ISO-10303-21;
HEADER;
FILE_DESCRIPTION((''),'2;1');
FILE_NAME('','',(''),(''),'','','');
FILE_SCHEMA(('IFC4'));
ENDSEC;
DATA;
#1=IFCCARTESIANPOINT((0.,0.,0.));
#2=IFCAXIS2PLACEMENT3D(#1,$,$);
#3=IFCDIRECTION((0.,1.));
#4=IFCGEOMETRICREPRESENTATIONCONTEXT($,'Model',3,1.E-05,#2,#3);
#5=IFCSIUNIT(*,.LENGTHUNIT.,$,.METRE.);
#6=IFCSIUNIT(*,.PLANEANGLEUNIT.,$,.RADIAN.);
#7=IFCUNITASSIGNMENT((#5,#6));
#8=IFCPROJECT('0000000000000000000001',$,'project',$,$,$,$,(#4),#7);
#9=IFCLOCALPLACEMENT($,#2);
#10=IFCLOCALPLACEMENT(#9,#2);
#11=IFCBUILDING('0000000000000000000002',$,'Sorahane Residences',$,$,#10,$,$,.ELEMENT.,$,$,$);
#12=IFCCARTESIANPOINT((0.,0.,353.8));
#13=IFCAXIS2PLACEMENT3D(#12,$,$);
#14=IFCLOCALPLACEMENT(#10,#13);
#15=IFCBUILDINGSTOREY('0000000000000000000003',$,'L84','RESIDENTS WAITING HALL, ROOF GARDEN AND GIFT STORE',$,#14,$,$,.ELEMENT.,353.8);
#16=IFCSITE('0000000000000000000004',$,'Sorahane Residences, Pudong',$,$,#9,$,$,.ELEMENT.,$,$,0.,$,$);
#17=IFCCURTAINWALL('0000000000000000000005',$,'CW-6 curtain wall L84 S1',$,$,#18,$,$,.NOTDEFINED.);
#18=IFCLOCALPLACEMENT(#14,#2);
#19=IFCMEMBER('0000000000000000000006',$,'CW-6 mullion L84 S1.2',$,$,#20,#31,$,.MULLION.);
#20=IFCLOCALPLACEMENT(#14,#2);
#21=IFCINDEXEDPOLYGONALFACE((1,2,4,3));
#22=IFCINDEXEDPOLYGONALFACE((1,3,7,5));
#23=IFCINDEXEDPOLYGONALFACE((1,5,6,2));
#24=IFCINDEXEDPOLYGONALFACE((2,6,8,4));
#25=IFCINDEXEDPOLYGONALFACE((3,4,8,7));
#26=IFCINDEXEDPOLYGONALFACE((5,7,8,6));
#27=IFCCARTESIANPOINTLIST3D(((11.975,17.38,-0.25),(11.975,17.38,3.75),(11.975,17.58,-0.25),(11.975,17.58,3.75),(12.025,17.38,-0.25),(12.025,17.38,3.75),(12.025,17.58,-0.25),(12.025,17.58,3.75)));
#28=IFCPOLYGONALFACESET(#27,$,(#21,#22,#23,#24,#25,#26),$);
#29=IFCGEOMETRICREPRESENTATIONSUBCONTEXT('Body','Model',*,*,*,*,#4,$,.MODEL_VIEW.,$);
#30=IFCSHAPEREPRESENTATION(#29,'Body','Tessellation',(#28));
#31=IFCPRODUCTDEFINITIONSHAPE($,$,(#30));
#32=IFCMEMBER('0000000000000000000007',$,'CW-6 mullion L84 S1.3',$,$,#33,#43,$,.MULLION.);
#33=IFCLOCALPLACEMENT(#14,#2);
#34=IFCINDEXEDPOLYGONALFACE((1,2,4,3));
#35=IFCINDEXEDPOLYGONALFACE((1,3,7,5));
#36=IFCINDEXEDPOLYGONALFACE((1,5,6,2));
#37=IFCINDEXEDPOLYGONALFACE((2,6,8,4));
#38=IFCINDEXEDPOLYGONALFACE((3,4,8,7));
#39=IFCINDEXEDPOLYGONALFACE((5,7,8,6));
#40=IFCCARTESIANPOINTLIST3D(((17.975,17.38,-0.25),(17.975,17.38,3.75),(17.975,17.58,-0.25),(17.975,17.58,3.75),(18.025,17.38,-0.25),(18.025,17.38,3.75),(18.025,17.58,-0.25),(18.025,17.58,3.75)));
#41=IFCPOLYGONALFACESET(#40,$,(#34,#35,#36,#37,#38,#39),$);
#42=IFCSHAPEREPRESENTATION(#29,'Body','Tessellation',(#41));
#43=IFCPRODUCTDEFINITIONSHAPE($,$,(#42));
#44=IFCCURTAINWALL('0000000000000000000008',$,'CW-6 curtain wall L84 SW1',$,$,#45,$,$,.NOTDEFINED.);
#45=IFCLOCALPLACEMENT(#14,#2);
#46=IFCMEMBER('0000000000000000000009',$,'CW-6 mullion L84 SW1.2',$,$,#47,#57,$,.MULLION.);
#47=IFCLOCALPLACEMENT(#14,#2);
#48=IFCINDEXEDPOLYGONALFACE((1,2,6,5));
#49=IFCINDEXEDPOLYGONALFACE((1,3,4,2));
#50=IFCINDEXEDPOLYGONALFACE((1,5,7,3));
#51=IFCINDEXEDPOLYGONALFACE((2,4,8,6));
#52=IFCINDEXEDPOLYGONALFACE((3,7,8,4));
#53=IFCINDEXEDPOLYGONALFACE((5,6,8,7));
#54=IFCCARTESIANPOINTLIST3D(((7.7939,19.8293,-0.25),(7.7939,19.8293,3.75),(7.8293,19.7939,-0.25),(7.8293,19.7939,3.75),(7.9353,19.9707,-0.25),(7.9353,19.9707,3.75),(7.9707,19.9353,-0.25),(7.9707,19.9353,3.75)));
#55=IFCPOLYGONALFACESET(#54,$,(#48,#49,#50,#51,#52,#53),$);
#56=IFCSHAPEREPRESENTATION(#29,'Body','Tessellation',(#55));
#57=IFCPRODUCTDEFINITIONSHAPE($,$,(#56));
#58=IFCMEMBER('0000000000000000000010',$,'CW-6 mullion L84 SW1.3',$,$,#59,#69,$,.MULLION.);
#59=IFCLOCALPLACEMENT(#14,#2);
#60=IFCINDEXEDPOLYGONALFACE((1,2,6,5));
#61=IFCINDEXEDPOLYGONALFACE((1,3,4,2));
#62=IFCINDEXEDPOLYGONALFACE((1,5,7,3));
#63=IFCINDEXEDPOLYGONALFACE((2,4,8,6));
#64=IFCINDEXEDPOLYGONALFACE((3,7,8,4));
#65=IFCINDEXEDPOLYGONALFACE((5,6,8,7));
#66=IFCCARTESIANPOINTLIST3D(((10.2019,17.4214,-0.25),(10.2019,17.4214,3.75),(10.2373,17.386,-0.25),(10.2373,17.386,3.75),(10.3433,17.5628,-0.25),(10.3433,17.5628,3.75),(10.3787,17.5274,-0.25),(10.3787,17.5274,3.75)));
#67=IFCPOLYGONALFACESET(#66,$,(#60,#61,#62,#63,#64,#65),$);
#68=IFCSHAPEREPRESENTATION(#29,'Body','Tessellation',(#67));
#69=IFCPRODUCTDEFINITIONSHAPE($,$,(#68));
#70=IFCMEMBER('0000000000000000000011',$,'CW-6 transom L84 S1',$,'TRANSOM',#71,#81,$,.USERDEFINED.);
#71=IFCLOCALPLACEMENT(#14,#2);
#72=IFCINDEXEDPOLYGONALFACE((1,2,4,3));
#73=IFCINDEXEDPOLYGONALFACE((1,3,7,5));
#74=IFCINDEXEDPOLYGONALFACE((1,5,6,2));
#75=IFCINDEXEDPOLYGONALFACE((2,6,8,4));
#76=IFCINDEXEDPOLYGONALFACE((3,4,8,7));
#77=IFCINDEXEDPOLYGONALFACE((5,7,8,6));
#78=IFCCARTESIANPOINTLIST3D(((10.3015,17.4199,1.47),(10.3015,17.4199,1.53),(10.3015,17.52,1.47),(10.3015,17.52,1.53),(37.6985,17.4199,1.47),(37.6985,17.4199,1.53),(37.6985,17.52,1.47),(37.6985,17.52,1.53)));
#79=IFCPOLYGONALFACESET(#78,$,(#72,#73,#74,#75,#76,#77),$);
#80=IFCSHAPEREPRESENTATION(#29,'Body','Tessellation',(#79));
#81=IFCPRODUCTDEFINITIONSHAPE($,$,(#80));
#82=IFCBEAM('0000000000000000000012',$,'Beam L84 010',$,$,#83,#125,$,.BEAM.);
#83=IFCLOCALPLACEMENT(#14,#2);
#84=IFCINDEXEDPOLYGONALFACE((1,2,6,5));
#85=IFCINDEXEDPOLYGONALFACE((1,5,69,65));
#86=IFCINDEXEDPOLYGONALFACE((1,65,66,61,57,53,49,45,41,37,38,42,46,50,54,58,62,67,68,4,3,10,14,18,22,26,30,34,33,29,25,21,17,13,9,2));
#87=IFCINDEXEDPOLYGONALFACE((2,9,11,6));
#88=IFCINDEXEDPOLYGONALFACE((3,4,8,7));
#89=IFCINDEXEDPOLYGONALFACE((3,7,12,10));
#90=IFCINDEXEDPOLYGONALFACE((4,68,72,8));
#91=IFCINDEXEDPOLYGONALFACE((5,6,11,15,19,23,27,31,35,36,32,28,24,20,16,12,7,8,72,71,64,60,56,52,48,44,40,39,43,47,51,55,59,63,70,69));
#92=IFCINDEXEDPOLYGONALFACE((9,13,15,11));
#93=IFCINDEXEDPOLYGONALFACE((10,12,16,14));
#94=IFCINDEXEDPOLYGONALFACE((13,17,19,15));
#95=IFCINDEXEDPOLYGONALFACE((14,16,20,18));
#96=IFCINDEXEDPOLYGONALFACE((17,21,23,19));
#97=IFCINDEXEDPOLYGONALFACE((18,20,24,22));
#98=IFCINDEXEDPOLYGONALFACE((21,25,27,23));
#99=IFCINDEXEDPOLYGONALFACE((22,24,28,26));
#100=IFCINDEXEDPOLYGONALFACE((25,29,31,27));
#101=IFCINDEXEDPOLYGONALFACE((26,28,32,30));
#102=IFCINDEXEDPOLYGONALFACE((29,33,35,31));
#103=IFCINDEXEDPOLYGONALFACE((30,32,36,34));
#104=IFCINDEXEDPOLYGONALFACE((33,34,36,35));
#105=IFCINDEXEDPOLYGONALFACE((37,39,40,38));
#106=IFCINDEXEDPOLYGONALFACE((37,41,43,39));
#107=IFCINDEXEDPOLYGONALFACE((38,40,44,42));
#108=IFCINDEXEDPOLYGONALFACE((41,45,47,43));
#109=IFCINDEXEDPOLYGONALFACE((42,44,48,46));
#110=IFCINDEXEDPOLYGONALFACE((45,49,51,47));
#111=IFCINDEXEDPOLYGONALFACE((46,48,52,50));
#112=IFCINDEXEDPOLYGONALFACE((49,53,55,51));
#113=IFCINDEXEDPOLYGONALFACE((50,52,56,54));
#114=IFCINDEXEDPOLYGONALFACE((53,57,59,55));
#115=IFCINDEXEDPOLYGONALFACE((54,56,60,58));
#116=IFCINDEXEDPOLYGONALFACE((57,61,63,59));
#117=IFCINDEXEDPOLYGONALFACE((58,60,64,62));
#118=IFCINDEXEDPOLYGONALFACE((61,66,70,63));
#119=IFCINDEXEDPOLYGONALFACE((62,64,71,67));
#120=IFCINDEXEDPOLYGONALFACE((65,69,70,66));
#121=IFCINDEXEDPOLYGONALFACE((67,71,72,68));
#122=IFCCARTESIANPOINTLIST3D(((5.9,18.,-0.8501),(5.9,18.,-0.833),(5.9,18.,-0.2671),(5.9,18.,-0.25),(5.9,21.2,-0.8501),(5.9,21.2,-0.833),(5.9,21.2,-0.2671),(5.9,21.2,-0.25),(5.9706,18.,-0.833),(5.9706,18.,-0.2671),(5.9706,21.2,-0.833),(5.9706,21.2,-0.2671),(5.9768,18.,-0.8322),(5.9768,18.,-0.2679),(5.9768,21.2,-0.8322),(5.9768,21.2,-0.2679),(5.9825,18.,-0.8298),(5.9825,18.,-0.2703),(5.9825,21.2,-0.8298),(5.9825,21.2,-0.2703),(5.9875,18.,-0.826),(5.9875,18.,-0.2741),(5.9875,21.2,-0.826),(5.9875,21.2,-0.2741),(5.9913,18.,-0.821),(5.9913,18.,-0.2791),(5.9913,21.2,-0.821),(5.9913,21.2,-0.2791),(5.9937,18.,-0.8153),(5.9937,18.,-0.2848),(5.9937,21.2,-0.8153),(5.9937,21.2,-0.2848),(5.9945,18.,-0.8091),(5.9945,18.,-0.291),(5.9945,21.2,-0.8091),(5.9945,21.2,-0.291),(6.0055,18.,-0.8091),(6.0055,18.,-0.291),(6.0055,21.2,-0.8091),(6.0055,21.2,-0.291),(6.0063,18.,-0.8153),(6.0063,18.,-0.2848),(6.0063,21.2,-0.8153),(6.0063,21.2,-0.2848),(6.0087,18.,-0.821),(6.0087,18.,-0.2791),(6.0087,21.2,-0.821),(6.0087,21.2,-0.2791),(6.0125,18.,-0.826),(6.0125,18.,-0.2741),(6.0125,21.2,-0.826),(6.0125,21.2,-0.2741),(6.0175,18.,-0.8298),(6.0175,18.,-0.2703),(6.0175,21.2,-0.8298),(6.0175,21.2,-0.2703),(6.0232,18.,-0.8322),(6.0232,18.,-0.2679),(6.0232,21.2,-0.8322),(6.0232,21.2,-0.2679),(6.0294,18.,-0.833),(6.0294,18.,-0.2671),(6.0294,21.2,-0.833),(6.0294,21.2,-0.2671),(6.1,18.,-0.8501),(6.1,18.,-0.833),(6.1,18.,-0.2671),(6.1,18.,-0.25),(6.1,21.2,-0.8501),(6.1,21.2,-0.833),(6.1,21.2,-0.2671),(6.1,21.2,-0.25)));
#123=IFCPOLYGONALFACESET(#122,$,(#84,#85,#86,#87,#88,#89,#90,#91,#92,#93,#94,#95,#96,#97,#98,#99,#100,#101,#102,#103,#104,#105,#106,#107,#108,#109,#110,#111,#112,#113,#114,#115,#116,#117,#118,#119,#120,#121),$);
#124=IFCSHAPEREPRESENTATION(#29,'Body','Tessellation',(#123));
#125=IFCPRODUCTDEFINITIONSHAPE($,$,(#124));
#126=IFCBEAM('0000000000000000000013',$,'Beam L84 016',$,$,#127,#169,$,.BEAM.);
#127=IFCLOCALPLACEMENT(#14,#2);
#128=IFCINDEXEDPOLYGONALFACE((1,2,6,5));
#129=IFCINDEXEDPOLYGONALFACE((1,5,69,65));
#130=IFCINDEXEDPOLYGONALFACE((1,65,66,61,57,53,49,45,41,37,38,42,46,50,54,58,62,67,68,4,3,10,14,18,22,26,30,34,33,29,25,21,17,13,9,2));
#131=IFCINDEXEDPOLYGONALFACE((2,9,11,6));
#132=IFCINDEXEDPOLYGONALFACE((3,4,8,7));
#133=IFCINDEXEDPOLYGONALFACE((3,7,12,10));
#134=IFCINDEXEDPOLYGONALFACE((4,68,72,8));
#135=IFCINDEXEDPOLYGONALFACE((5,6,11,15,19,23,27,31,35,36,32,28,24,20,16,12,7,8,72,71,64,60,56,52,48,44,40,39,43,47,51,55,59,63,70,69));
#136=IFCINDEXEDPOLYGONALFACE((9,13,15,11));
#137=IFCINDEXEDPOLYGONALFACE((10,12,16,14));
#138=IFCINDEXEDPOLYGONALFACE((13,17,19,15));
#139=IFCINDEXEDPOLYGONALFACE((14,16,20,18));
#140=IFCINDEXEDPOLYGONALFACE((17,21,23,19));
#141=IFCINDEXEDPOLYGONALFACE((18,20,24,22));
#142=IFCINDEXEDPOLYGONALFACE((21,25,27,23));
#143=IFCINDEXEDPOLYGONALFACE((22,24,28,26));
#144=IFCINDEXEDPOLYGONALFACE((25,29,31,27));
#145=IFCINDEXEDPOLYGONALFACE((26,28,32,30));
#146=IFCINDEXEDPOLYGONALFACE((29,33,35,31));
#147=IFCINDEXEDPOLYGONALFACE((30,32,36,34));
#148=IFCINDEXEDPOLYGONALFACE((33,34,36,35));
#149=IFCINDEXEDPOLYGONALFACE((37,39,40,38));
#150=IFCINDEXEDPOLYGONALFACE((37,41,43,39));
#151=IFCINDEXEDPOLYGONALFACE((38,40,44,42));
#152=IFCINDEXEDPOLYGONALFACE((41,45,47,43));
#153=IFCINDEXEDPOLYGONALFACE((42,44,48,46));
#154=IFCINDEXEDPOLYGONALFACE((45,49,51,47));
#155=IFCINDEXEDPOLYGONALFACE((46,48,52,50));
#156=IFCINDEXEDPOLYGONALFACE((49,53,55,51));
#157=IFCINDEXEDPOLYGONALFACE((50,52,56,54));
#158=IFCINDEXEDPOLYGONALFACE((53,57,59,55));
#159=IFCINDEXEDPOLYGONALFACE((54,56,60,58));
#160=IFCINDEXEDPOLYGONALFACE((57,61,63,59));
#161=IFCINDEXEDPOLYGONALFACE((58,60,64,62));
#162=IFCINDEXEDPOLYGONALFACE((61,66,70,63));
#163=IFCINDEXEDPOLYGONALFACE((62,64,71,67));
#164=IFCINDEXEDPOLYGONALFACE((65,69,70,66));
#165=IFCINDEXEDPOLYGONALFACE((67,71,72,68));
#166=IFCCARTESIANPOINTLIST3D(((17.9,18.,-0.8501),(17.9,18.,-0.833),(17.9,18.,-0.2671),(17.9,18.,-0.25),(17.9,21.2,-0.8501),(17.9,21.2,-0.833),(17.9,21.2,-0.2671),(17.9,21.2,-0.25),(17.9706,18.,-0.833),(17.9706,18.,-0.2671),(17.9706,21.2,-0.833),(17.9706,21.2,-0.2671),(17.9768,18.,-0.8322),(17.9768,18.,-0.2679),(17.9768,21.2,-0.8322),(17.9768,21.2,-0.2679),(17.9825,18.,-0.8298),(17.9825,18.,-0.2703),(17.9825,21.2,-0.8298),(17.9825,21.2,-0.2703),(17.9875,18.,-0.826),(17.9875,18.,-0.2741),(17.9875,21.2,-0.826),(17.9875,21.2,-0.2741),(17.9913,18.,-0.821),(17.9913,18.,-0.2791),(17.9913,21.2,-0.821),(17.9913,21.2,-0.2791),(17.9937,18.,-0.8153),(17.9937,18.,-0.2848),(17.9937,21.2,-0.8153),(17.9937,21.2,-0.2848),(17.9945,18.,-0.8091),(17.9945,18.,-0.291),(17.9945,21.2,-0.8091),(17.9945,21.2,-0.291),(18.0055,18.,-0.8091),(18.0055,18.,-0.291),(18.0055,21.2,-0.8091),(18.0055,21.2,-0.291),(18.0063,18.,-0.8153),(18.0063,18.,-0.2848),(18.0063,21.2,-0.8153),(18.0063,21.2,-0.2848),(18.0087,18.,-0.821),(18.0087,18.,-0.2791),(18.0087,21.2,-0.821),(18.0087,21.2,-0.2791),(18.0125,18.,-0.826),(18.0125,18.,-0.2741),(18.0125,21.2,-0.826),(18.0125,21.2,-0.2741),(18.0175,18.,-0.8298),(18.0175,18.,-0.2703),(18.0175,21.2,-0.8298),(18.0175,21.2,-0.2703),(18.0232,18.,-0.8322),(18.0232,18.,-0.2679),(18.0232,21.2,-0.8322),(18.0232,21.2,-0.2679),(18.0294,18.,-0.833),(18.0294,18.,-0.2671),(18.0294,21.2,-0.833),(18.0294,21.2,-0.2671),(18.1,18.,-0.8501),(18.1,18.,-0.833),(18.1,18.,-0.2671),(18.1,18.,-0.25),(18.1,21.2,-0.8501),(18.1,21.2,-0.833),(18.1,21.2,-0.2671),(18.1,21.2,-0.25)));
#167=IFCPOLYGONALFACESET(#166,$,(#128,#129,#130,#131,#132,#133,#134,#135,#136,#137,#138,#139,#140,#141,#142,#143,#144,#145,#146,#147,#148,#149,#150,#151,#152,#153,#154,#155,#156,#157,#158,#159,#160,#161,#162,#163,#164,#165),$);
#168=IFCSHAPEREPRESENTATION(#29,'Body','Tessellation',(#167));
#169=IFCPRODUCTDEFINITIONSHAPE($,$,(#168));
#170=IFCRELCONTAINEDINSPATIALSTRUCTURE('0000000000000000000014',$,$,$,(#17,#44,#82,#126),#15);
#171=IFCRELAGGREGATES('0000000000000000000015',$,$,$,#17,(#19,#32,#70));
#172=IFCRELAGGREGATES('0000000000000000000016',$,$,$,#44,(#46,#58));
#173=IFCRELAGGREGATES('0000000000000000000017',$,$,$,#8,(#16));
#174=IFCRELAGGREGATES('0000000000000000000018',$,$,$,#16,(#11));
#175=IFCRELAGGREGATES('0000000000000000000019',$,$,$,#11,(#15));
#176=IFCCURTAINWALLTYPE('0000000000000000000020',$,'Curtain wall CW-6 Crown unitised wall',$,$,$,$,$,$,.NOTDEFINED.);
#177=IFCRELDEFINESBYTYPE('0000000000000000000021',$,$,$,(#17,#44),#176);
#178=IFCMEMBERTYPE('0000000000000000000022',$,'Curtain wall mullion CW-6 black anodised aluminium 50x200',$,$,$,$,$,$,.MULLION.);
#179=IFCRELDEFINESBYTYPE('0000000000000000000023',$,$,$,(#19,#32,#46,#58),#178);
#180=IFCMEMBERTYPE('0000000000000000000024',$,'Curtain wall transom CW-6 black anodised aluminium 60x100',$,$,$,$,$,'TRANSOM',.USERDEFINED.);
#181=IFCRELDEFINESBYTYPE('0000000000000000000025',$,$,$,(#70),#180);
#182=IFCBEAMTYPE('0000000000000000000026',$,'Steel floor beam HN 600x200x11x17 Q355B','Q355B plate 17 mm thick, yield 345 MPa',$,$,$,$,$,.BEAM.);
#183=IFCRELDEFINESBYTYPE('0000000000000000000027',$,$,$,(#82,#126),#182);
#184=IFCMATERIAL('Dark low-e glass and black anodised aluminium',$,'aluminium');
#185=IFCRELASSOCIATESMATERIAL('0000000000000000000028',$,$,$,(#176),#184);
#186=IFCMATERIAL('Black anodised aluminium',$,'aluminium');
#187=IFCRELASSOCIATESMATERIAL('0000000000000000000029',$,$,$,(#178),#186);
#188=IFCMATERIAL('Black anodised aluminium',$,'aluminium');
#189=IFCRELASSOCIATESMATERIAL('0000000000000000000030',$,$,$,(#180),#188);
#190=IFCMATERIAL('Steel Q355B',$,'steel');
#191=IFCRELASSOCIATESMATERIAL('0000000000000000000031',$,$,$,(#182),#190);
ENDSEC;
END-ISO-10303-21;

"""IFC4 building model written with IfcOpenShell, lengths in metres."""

from ifc_helpers import new_model, si_unit, direction, frame, origin, origin_2d, place, context, subcontext, project, spatial, rectangle, i_section, extrude, material, material_profile, profile_set, type_object, element, aggregate, save


model = new_model("IFC4")

# Units and contexts
model_context = context("Model", 3, precision=1e-05, world=origin(), true_north=direction((0.0, 1.0)))
body_context = subcontext(model_context, "Body", "Model", "MODEL_VIEW")
ifc_project = project(units=[si_unit("LENGTHUNIT", "METRE"), si_unit("PLANEANGLEUNIT", "RADIAN")], contexts=[model_context])

# Site, building, storey
site_placement = place(None, origin())
site = spatial("IfcSite", under=ifc_project, at=site_placement, Name="Sorahane Residences, Pudong", CompositionType="ELEMENT", RefElevation=0.0)
building_placement = place(site_placement, origin())
building = spatial("IfcBuilding", under=site, at=building_placement, Name="Sorahane Residences", CompositionType="ELEMENT")
storey_placement = place(building_placement, frame((0.0, 0.0, 353.8)))
storey = spatial("IfcBuildingStorey", under=building, at=storey_placement, Name="L84", Description="RESIDENTS WAITING HALL, ROOF GARDEN AND GIFT STORE", CompositionType="ELEMENT", Elevation=353.8)

# Curtain walls, members
ifc_material_1 = material(Name="Dark low-e glass and black anodised aluminium", Category="aluminium")
curtain_wall_type = type_object("IfcCurtainWallType", Name="Curtain wall CW-6 Crown unitised wall", PredefinedType="NOTDEFINED", material=ifc_material_1)
curtain_wall_1_placement = place(storey_placement, origin())
curtain_wall_1 = element("IfcCurtainWall", 1, at=curtain_wall_1_placement, inside=storey, type_object=curtain_wall_type, Name="CW-6 curtain wall L84 S1", PredefinedType="NOTDEFINED")
ifc_material_2 = material(Name="Black anodised aluminium", Category="aluminium")
ifc_material_profile_1 = material_profile(ifc_material_2, rectangle(XDim=0.2, YDim=0.05, at=origin_2d()), Name="Curtain wall mullion CW-6 black anodised aluminium 50x200")
ifc_profile_set_1 = profile_set([ifc_material_profile_1], Name="Black anodised aluminium")
member_type_1 = type_object("IfcMemberType", Name="Curtain wall mullion CW-6 black anodised aluminium 50x200", PredefinedType="MULLION", material=ifc_profile_set_1)
member_1_placement = place(storey_placement, frame((12.0, 17.48, -0.25), z_axis=(0.0, 0.0, 1.0), x_axis=(0.0, -1.0, 0.0)))
member_1 = element("IfcMember", 2, at=member_1_placement, type_object=member_type_1, Name="CW-6 mullion L84 S1.2", PredefinedType="MULLION", context=body_context, shape_type="SweptSolid", body=[
    extrude(rectangle(XDim=0.2, YDim=0.05, at=origin_2d()), origin(), (0.0, 0.0, 1.0), 4.0),
])
member_2_placement = place(storey_placement, frame((18.0, 17.48, -0.25), z_axis=(0.0, 0.0, 1.0), x_axis=(0.0, -1.0, 0.0)))
member_2 = element("IfcMember", 3, at=member_2_placement, type_object=member_type_1, Name="CW-6 mullion L84 S1.3", PredefinedType="MULLION", context=body_context, shape_type="SweptSolid", body=[
    extrude(rectangle(XDim=0.2, YDim=0.05, at=origin_2d()), origin(), (0.0, 0.0, 1.0), 4.0),
])
curtain_wall_2_placement = place(storey_placement, origin())
curtain_wall_2 = element("IfcCurtainWall", 4, at=curtain_wall_2_placement, inside=storey, type_object=curtain_wall_type, Name="CW-6 curtain wall L84 SW1", PredefinedType="NOTDEFINED")
member_3_placement = place(storey_placement, frame((7.8823, 19.8823, -0.25), z_axis=(0.0, 0.0, 1.0), x_axis=(-0.707107, -0.707107, 0.0)))
member_3 = element("IfcMember", 5, at=member_3_placement, type_object=member_type_1, Name="CW-6 mullion L84 SW1.2", PredefinedType="MULLION", context=body_context, shape_type="SweptSolid", body=[
    extrude(rectangle(XDim=0.2, YDim=0.05, at=origin_2d()), origin(), (0.0, 0.0, 1.0), 4.0),
])
member_4_placement = place(storey_placement, frame((10.2903, 17.4744, -0.25), z_axis=(0.0, 0.0, 1.0), x_axis=(-0.707107, -0.707107, 0.0)))
member_4 = element("IfcMember", 6, at=member_4_placement, type_object=member_type_1, Name="CW-6 mullion L84 SW1.3", PredefinedType="MULLION", context=body_context, shape_type="SweptSolid", body=[
    extrude(rectangle(XDim=0.2, YDim=0.05, at=origin_2d()), origin(), (0.0, 0.0, 1.0), 4.0),
])

# Member
ifc_material_3 = material(Name="Black anodised aluminium", Category="aluminium")
ifc_material_profile_2 = material_profile(ifc_material_3, rectangle(XDim=0.1001, YDim=0.0601, at=origin_2d()), Name="Curtain wall transom CW-6 black anodised aluminium 60x100")
ifc_profile_set_2 = profile_set([ifc_material_profile_2], Name="Black anodised aluminium")
member_type_2 = type_object("IfcMemberType", Name="Curtain wall transom CW-6 black anodised aluminium 60x100", ElementType="TRANSOM", PredefinedType="USERDEFINED", material=ifc_profile_set_2)
member_5_placement = place(storey_placement, frame((10.3015, 17.47, 1.5), z_axis=(1.0, 0.0, 0.0), x_axis=(0.0, 1.0, 0.0)))
member_5 = element("IfcMember", 7, at=member_5_placement, type_object=member_type_2, Name="CW-6 transom L84 S1", ObjectType="TRANSOM", PredefinedType="USERDEFINED", context=body_context, shape_type="SweptSolid", body=[
    extrude(rectangle(XDim=0.1001, YDim=0.0601, at=origin_2d()), origin(), (0.0, 0.0, 1.0), 27.397),
])

# Beams
ifc_material_4 = material(Name="Steel Q355B", Category="steel")
ifc_material_profile_3 = material_profile(ifc_material_4, i_section(OverallWidth=0.2, OverallDepth=0.6001, WebThickness=0.011, FlangeThickness=0.0171, FilletRadius=0.0239, at=origin_2d()), Name="HN 600x200x11x17")
ifc_profile_set_3 = profile_set([ifc_material_profile_3], Name="Steel Q355B")
beam_type = type_object("IfcBeamType", Name="Steel floor beam HN 600x200x11x17 Q355B", Description="Q355B plate 17 mm thick, yield 345 MPa", PredefinedType="BEAM", material=ifc_profile_set_3)
for number, where, z_axis, x_axis, name in (
    (8, (6.0, 18.0, -0.55), (0.0, 1.0, 0.0), (-1.0, 0.0, 0.0), "Beam L84 010"),
    (9, (18.0, 18.0, -0.55), (0.0, 1.0, 0.0), (-1.0, 0.0, 0.0), "Beam L84 016"),
):
    element("IfcBeam", number, at=place(storey_placement, frame(where, z_axis=z_axis, x_axis=x_axis)), inside=storey, type_object=beam_type, Name=name, PredefinedType="BEAM", context=body_context, shape_type="SweptSolid", body=[
        extrude(i_section(OverallWidth=0.2, OverallDepth=0.6001, WebThickness=0.011, FlangeThickness=0.0171, FilletRadius=0.0239, at=origin_2d()), origin(), (0.0, 0.0, 1.0), 3.2),
    ])

aggregate(curtain_wall_1, [member_1, member_2, member_5])
aggregate(curtain_wall_2, [member_3, member_4])

save(model, "model.ifc")
